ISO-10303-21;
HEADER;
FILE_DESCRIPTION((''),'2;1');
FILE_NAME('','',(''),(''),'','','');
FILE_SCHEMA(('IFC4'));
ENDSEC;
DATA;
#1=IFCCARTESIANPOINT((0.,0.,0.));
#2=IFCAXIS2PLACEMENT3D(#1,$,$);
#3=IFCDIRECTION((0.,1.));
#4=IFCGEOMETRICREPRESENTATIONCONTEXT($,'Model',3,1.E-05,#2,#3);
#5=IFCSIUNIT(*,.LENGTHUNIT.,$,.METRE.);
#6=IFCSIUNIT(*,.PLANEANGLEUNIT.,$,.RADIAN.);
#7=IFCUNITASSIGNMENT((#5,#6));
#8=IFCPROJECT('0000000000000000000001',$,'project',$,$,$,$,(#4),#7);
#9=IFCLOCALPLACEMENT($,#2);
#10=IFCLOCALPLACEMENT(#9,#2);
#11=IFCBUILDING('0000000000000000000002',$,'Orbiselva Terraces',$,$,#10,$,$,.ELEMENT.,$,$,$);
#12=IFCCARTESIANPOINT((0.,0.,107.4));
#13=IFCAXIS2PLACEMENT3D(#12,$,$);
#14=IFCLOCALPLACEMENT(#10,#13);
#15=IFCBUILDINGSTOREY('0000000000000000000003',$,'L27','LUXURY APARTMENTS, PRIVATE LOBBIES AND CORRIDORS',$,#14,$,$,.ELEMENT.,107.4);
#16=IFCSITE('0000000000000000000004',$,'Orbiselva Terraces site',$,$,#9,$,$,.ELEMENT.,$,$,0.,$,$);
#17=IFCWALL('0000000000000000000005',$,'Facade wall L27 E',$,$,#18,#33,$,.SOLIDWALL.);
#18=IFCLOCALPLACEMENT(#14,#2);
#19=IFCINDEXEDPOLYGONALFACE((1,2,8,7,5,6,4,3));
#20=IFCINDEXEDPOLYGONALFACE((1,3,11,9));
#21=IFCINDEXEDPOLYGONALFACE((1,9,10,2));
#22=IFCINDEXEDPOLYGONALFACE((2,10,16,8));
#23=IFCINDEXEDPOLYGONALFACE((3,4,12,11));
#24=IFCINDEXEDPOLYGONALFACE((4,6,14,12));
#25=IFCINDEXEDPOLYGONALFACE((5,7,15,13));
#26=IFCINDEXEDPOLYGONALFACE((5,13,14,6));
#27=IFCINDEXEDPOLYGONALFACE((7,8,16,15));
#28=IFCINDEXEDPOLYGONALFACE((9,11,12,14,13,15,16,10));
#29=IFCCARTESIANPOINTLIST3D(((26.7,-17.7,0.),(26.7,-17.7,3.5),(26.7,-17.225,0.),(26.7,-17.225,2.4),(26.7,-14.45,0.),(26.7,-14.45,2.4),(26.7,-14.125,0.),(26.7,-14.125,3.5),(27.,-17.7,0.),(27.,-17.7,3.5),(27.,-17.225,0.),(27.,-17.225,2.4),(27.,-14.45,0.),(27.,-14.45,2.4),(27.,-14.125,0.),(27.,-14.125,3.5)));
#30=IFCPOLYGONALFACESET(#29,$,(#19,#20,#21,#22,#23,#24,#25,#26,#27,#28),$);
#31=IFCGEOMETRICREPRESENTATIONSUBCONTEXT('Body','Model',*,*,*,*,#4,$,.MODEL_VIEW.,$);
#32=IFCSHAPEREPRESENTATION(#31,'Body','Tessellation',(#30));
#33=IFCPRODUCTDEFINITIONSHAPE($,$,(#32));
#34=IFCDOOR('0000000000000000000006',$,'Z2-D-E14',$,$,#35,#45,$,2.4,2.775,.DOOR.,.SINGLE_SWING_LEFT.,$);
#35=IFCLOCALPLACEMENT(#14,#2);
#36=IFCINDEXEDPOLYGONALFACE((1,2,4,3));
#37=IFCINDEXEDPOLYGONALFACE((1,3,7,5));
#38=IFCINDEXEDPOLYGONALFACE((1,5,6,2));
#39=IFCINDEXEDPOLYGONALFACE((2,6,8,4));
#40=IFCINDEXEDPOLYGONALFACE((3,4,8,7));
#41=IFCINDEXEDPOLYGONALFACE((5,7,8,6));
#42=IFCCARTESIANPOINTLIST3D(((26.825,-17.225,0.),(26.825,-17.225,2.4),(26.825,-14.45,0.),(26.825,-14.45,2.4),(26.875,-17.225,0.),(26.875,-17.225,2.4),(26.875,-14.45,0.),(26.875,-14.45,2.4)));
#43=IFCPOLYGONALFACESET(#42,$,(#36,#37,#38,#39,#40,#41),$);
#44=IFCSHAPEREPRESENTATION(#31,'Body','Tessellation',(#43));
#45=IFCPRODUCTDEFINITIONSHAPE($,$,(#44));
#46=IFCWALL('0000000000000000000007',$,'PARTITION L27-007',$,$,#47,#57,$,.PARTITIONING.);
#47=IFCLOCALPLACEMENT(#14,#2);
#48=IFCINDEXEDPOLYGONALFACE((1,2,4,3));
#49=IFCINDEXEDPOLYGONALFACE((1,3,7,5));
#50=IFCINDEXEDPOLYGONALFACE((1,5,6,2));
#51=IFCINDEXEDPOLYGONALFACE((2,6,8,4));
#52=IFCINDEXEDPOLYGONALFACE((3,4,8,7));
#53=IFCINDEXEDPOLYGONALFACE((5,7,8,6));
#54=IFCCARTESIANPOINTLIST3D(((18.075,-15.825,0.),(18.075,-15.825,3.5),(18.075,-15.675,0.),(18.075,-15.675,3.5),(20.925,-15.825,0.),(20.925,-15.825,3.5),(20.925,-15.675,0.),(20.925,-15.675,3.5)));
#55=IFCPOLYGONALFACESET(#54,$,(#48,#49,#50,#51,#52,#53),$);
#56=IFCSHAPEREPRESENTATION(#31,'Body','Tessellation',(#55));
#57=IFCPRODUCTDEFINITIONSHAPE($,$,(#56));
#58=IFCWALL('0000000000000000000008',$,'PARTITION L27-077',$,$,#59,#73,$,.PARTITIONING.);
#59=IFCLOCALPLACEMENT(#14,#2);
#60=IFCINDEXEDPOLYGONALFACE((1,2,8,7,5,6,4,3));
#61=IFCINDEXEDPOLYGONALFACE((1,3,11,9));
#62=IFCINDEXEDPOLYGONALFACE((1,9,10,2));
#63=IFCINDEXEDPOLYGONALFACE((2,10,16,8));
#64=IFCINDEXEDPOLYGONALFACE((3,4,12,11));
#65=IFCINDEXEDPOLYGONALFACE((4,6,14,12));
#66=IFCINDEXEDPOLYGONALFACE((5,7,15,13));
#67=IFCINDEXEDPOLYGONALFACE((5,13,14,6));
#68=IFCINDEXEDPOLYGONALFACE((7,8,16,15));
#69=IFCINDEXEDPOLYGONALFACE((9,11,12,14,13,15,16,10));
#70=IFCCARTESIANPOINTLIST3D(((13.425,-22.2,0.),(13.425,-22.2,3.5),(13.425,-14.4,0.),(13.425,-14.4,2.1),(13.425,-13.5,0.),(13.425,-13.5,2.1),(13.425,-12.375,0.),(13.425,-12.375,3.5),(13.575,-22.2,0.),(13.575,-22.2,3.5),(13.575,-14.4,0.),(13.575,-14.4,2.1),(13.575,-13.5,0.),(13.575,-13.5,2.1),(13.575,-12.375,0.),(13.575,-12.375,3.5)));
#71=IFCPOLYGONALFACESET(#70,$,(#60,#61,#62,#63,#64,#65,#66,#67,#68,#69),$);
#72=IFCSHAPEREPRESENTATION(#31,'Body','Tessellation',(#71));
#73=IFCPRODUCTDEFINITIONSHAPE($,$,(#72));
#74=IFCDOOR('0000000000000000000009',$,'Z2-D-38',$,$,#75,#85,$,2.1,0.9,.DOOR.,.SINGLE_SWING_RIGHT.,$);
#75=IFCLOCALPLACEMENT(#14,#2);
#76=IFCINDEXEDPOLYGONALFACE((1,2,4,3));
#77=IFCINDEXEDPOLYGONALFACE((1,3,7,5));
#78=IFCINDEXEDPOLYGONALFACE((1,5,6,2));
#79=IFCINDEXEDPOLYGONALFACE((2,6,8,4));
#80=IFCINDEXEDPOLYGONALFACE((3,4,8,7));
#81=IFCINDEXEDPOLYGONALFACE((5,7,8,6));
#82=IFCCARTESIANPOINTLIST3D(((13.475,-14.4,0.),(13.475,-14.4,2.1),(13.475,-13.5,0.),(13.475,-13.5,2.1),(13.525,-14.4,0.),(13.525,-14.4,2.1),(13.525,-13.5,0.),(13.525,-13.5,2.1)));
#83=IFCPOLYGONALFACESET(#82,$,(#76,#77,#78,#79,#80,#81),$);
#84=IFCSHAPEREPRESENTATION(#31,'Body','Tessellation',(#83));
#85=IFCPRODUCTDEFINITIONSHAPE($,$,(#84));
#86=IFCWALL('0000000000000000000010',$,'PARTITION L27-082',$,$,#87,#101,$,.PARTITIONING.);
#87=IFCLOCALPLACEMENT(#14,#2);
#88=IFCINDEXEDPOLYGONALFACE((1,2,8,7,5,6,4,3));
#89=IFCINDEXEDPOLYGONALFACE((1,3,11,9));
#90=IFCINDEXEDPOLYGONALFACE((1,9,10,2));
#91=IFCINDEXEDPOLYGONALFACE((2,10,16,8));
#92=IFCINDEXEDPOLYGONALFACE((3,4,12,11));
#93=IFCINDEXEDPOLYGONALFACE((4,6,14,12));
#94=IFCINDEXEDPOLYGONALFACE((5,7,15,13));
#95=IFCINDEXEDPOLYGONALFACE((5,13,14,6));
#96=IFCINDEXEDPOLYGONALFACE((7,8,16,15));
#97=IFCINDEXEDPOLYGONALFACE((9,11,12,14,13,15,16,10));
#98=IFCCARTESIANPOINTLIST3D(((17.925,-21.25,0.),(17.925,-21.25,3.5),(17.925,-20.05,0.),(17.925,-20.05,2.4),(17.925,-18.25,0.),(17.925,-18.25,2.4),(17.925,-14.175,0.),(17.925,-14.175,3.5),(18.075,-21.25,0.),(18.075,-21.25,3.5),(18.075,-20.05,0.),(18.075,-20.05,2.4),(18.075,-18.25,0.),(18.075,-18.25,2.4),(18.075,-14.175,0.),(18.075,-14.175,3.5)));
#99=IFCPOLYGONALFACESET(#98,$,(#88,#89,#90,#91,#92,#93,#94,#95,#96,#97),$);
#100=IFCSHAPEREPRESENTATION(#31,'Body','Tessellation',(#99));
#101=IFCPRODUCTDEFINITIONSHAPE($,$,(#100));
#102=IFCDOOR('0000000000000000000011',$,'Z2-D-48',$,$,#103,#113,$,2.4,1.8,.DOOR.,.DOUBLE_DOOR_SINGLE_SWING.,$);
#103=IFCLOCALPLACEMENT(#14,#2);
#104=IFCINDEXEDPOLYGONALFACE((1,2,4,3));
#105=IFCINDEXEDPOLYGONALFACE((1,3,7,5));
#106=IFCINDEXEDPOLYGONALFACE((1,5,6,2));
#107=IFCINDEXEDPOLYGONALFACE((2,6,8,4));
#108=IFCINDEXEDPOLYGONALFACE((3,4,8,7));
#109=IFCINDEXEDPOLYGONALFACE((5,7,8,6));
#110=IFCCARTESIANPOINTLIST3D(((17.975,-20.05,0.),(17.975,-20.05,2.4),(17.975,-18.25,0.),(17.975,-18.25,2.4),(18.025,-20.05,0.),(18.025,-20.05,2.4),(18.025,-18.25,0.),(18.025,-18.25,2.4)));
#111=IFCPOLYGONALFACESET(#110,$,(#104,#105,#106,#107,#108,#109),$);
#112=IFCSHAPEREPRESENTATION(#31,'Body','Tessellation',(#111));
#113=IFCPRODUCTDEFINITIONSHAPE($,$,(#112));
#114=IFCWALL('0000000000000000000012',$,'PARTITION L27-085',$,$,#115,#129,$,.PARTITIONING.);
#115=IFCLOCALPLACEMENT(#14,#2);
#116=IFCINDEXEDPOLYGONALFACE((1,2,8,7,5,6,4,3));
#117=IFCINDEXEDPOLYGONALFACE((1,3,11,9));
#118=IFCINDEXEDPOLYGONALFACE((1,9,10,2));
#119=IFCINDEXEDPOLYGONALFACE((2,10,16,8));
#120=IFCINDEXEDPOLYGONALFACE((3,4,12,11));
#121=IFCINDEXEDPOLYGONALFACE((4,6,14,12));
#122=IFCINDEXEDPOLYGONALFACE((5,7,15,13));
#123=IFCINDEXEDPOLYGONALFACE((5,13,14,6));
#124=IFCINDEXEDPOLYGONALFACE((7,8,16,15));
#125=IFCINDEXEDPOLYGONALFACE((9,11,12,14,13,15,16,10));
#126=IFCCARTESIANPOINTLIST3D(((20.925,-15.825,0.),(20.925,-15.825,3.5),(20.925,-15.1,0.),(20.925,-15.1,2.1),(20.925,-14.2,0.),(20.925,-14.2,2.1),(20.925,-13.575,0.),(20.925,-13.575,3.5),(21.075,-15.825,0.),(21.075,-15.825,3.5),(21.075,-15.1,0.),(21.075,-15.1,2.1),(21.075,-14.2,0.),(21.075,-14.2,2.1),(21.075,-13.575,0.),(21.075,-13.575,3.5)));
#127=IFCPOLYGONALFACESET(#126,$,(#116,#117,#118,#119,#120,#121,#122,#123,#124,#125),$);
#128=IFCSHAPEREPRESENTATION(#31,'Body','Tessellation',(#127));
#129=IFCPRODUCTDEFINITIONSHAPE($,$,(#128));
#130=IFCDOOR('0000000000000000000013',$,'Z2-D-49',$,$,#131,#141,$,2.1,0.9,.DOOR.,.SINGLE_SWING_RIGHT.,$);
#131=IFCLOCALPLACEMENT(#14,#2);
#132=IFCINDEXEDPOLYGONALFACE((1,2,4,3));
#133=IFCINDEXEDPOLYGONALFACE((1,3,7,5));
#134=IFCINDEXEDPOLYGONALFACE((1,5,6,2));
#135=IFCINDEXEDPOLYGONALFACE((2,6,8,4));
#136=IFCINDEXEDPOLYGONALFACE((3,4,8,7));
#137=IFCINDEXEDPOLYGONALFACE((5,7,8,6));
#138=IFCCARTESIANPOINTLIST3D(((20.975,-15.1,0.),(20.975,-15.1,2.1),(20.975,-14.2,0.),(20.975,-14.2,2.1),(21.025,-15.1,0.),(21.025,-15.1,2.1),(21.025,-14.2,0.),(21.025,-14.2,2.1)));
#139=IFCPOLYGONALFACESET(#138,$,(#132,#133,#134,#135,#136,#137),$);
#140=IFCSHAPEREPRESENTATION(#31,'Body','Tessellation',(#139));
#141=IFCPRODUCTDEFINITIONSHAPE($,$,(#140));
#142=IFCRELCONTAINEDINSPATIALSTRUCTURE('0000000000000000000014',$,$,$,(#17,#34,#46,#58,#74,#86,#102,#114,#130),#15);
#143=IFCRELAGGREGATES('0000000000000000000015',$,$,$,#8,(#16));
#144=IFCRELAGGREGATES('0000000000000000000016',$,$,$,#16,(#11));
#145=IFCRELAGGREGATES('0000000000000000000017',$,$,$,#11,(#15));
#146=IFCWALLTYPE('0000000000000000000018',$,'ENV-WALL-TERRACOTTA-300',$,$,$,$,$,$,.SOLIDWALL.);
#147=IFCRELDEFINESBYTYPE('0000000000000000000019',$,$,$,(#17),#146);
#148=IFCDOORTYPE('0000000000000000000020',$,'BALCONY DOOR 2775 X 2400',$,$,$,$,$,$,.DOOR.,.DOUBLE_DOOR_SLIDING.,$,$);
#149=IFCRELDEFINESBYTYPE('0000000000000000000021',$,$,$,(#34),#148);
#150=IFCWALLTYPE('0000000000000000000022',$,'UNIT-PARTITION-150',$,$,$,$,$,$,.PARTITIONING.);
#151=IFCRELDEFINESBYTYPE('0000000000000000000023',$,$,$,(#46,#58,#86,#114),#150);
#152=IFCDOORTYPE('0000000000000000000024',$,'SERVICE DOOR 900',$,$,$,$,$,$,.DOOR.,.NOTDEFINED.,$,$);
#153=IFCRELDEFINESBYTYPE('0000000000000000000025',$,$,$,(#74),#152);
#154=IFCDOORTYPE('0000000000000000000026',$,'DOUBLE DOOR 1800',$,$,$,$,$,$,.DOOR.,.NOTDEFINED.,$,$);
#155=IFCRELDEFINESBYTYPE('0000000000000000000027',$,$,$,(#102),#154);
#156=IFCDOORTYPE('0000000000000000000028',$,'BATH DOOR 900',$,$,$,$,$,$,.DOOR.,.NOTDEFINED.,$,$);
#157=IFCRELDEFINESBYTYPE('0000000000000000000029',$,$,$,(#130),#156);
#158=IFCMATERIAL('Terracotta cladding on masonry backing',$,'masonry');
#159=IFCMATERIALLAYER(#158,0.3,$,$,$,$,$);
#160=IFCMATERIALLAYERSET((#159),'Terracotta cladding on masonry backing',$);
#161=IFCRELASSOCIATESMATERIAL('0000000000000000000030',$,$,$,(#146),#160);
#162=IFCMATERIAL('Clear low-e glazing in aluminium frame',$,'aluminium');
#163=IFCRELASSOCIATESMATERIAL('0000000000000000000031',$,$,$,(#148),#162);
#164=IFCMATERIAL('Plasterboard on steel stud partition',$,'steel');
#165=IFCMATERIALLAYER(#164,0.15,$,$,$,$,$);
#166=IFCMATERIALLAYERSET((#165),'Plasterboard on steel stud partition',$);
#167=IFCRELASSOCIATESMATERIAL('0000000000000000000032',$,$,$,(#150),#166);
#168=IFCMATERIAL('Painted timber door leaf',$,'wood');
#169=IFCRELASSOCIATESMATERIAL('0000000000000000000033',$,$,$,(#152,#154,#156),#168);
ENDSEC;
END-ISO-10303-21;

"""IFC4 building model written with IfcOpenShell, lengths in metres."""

from ifc_helpers import new_model, si_unit, direction, frame, frame_2d, origin, place, context, subcontext, project, spatial, rectangle, extrude, material, layer, layer_set, type_object, element, fill, save


model = new_model("IFC4")

# Units and contexts
model_context = context("Model", 3, precision=1e-05, world=origin(), true_north=direction((0.0, 1.0)))
body_context = subcontext(model_context, "Body", "Model", "MODEL_VIEW")
ifc_project = project(units=[si_unit("LENGTHUNIT", "METRE"), si_unit("PLANEANGLEUNIT", "RADIAN")], contexts=[model_context])

# Site, building, storey
site_placement = place(None, origin())
site = spatial("IfcSite", under=ifc_project, at=site_placement, Name="Orbiselva Terraces site", CompositionType="ELEMENT", RefElevation=0.0)
building_placement = place(site_placement, origin())
building = spatial("IfcBuilding", under=site, at=building_placement, Name="Orbiselva Terraces", CompositionType="ELEMENT")
storey_placement = place(building_placement, frame((0.0, 0.0, 107.4)))
storey = spatial("IfcBuildingStorey", under=building, at=storey_placement, Name="L27", Description="LUXURY APARTMENTS, PRIVATE LOBBIES AND CORRIDORS", CompositionType="ELEMENT", Elevation=107.4)

# Shared definitions
ifc_material_1 = material(Name="Terracotta cladding on masonry backing", Category="masonry")
ifc_layer_1 = layer(ifc_material_1, 0.3)
ifc_layer_set_1 = layer_set([ifc_layer_1], Name="Terracotta cladding on masonry backing")
wall_type_1 = type_object("IfcWallType", Name="ENV-WALL-TERRACOTTA-300", PredefinedType="SOLIDWALL", material=ifc_layer_set_1)
ifc_material_2 = material(Name="Clear low-e glazing in aluminium frame", Category="aluminium")
door_type_1 = type_object("IfcDoorType", Name="BALCONY DOOR 2775 X 2400", OperationType="DOUBLE_DOOR_SLIDING", PredefinedType="DOOR", material=ifc_material_2)

# Wall, opening, door
wall_1_placement = place(storey_placement, frame((26.85, -14.125, 0.0), z_axis=(0.0, 0.0, 1.0), x_axis=(0.0, -1.0, 0.0)))
wall_1 = element("IfcWall", 1, at=wall_1_placement, inside=storey, type_object=wall_type_1, Name="Facade wall L27 E", PredefinedType="SOLIDWALL", context=body_context, shape_type="SweptSolid", body=[
    extrude(rectangle(XDim=3.575, YDim=0.3, at=frame_2d((1.7875, 0.0))), origin(), (0.0, 0.0, 1.0), 3.5),
])
opening_1_placement = place(wall_1_placement, frame((0.325, 0.0, 0.0)))
opening_1 = element("IfcOpeningElement", 2, at=opening_1_placement, cuts=wall_1, PredefinedType="OPENING", context=body_context, shape_type="SweptSolid", body=[
    extrude(rectangle(XDim=2.775, YDim=2.4, at=frame_2d((1.3875, 1.2))), frame((0.0, 0.16, 0.0), z_axis=(0.0, -1.0, 0.0), x_axis=(1.0, 0.0, 0.0)), (0.0, 0.0, 1.0), 0.32),
])
door_1_placement = place(opening_1_placement, origin())
door_1 = element("IfcDoor", 3, at=door_1_placement, inside=storey, type_object=door_type_1, Name="Z2-D-E14", OperationType="SINGLE_SWING_LEFT", OverallHeight=2.4, OverallWidth=2.775, PredefinedType="DOOR", context=body_context, shape_type="SweptSolid", body=[
    extrude(rectangle(XDim=2.775, YDim=2.4, at=frame_2d((1.3875, 1.2))), frame((0.0, 0.025, 0.0), z_axis=(0.0, -1.0, 0.0), x_axis=(1.0, 0.0, 0.0)), (0.0, 0.0, 1.0), 0.05),
])
fill(opening_1, door_1)

# Wall
ifc_material_3 = material(Name="Plasterboard on steel stud partition", Category="steel")
ifc_layer_2 = layer(ifc_material_3, 0.15)
ifc_layer_set_2 = layer_set([ifc_layer_2], Name="Plasterboard on steel stud partition")
wall_type_2 = type_object("IfcWallType", Name="UNIT-PARTITION-150", PredefinedType="PARTITIONING", material=ifc_layer_set_2)
wall_2_placement = place(storey_placement, frame((18.075, -15.75, 0.0), z_axis=(0.0, 0.0, 1.0), x_axis=(1.0, 0.0, 0.0)))
element("IfcWall", 4, at=wall_2_placement, inside=storey, type_object=wall_type_2, Name="PARTITION L27-007", PredefinedType="PARTITIONING", context=body_context, shape_type="SweptSolid", body=[
    extrude(rectangle(XDim=2.85, YDim=0.15, at=frame_2d((1.425, 0.0))), origin(), (0.0, 0.0, 1.0), 3.5),
])

# Walls, openings, doors
wall_3_placement = place(storey_placement, frame((13.5, -22.2, 0.0), z_axis=(0.0, 0.0, 1.0), x_axis=(0.0, 1.0, 0.0)))
wall_3 = element("IfcWall", 5, at=wall_3_placement, inside=storey, type_object=wall_type_2, Name="PARTITION L27-077", PredefinedType="PARTITIONING", context=body_context, shape_type="SweptSolid", body=[
    extrude(rectangle(XDim=9.825, YDim=0.15, at=frame_2d((4.9125, 0.0))), origin(), (0.0, 0.0, 1.0), 3.5),
])
opening_2_placement = place(wall_3_placement, frame((7.8, 0.0, 0.0)))
opening_2 = element("IfcOpeningElement", 6, at=opening_2_placement, cuts=wall_3, PredefinedType="OPENING", context=body_context, shape_type="SweptSolid", body=[
    extrude(rectangle(XDim=0.9, YDim=2.1, at=frame_2d((0.45, 1.05))), frame((0.0, 0.085, 0.0), z_axis=(0.0, -1.0, 0.0), x_axis=(1.0, 0.0, 0.0)), (0.0, 0.0, 1.0), 0.17),
])
ifc_material_4 = material(Name="Painted timber door leaf", Category="wood")
door_type_2 = type_object("IfcDoorType", Name="SERVICE DOOR 900", OperationType="NOTDEFINED", PredefinedType="DOOR", material=ifc_material_4)
door_2_placement = place(opening_2_placement, origin())
door_2 = element("IfcDoor", 7, at=door_2_placement, inside=storey, type_object=door_type_2, Name="Z2-D-38", OperationType="SINGLE_SWING_RIGHT", OverallHeight=2.1, OverallWidth=0.9, PredefinedType="DOOR", context=body_context, shape_type="SweptSolid", body=[
    extrude(rectangle(XDim=0.9, YDim=2.1, at=frame_2d((0.45, 1.05))), frame((0.0, 0.025, 0.0), z_axis=(0.0, -1.0, 0.0), x_axis=(1.0, 0.0, 0.0)), (0.0, 0.0, 1.0), 0.05),
])
fill(opening_2, door_2)
wall_4_placement = place(storey_placement, frame((18.0, -14.175, 0.0), z_axis=(0.0, 0.0, 1.0), x_axis=(0.0, -1.0, 0.0)))
wall_4 = element("IfcWall", 8, at=wall_4_placement, inside=storey, type_object=wall_type_2, Name="PARTITION L27-082", PredefinedType="PARTITIONING", context=body_context, shape_type="SweptSolid", body=[
    extrude(rectangle(XDim=7.075, YDim=0.15, at=frame_2d((3.5375, 0.0))), origin(), (0.0, 0.0, 1.0), 3.5),
])
opening_3_placement = place(wall_4_placement, frame((4.075, 0.0, 0.0)))
opening_3 = element("IfcOpeningElement", 9, at=opening_3_placement, cuts=wall_4, PredefinedType="OPENING", context=body_context, shape_type="SweptSolid", body=[
    extrude(rectangle(XDim=1.8, YDim=2.4, at=frame_2d((0.9, 1.2))), frame((0.0, 0.085, 0.0), z_axis=(0.0, -1.0, 0.0), x_axis=(1.0, 0.0, 0.0)), (0.0, 0.0, 1.0), 0.17),
])
door_type_3 = type_object("IfcDoorType", Name="DOUBLE DOOR 1800", OperationType="NOTDEFINED", PredefinedType="DOOR", material=ifc_material_4)
door_3_placement = place(opening_3_placement, origin())
door_3 = element("IfcDoor", 10, at=door_3_placement, inside=storey, type_object=door_type_3, Name="Z2-D-48", OperationType="DOUBLE_DOOR_SINGLE_SWING", OverallHeight=2.4, OverallWidth=1.8, PredefinedType="DOOR", context=body_context, shape_type="SweptSolid", body=[
    extrude(rectangle(XDim=1.8, YDim=2.4, at=frame_2d((0.9, 1.2))), frame((0.0, 0.025, 0.0), z_axis=(0.0, -1.0, 0.0), x_axis=(1.0, 0.0, 0.0)), (0.0, 0.0, 1.0), 0.05),
])
fill(opening_3, door_3)
wall_5_placement = place(storey_placement, frame((21.0, -15.825, 0.0), z_axis=(0.0, 0.0, 1.0), x_axis=(0.0, 1.0, 0.0)))
wall_5 = element("IfcWall", 11, at=wall_5_placement, inside=storey, type_object=wall_type_2, Name="PARTITION L27-085", PredefinedType="PARTITIONING", context=body_context, shape_type="SweptSolid", body=[
    extrude(rectangle(XDim=2.25, YDim=0.15, at=frame_2d((1.125, 0.0))), origin(), (0.0, 0.0, 1.0), 3.5),
])
opening_4_placement = place(wall_5_placement, frame((0.725, 0.0, 0.0)))
opening_4 = element("IfcOpeningElement", 12, at=opening_4_placement, cuts=wall_5, PredefinedType="OPENING", context=body_context, shape_type="SweptSolid", body=[
    extrude(rectangle(XDim=0.9, YDim=2.1, at=frame_2d((0.45, 1.05))), frame((0.0, 0.085, 0.0), z_axis=(0.0, -1.0, 0.0), x_axis=(1.0, 0.0, 0.0)), (0.0, 0.0, 1.0), 0.17),
])
door_type_4 = type_object("IfcDoorType", Name="BATH DOOR 900", OperationType="NOTDEFINED", PredefinedType="DOOR", material=ifc_material_4)
door_4_placement = place(opening_4_placement, origin())
door_4 = element("IfcDoor", 13, at=door_4_placement, inside=storey, type_object=door_type_4, Name="Z2-D-49", OperationType="SINGLE_SWING_RIGHT", OverallHeight=2.1, OverallWidth=0.9, PredefinedType="DOOR", context=body_context, shape_type="SweptSolid", body=[
    extrude(rectangle(XDim=0.9, YDim=2.1, at=frame_2d((0.45, 1.05))), frame((0.0, 0.025, 0.0), z_axis=(0.0, -1.0, 0.0), x_axis=(1.0, 0.0, 0.0)), (0.0, 0.0, 1.0), 0.05),
])
fill(opening_4, door_4)

save(model, "model.ifc")
